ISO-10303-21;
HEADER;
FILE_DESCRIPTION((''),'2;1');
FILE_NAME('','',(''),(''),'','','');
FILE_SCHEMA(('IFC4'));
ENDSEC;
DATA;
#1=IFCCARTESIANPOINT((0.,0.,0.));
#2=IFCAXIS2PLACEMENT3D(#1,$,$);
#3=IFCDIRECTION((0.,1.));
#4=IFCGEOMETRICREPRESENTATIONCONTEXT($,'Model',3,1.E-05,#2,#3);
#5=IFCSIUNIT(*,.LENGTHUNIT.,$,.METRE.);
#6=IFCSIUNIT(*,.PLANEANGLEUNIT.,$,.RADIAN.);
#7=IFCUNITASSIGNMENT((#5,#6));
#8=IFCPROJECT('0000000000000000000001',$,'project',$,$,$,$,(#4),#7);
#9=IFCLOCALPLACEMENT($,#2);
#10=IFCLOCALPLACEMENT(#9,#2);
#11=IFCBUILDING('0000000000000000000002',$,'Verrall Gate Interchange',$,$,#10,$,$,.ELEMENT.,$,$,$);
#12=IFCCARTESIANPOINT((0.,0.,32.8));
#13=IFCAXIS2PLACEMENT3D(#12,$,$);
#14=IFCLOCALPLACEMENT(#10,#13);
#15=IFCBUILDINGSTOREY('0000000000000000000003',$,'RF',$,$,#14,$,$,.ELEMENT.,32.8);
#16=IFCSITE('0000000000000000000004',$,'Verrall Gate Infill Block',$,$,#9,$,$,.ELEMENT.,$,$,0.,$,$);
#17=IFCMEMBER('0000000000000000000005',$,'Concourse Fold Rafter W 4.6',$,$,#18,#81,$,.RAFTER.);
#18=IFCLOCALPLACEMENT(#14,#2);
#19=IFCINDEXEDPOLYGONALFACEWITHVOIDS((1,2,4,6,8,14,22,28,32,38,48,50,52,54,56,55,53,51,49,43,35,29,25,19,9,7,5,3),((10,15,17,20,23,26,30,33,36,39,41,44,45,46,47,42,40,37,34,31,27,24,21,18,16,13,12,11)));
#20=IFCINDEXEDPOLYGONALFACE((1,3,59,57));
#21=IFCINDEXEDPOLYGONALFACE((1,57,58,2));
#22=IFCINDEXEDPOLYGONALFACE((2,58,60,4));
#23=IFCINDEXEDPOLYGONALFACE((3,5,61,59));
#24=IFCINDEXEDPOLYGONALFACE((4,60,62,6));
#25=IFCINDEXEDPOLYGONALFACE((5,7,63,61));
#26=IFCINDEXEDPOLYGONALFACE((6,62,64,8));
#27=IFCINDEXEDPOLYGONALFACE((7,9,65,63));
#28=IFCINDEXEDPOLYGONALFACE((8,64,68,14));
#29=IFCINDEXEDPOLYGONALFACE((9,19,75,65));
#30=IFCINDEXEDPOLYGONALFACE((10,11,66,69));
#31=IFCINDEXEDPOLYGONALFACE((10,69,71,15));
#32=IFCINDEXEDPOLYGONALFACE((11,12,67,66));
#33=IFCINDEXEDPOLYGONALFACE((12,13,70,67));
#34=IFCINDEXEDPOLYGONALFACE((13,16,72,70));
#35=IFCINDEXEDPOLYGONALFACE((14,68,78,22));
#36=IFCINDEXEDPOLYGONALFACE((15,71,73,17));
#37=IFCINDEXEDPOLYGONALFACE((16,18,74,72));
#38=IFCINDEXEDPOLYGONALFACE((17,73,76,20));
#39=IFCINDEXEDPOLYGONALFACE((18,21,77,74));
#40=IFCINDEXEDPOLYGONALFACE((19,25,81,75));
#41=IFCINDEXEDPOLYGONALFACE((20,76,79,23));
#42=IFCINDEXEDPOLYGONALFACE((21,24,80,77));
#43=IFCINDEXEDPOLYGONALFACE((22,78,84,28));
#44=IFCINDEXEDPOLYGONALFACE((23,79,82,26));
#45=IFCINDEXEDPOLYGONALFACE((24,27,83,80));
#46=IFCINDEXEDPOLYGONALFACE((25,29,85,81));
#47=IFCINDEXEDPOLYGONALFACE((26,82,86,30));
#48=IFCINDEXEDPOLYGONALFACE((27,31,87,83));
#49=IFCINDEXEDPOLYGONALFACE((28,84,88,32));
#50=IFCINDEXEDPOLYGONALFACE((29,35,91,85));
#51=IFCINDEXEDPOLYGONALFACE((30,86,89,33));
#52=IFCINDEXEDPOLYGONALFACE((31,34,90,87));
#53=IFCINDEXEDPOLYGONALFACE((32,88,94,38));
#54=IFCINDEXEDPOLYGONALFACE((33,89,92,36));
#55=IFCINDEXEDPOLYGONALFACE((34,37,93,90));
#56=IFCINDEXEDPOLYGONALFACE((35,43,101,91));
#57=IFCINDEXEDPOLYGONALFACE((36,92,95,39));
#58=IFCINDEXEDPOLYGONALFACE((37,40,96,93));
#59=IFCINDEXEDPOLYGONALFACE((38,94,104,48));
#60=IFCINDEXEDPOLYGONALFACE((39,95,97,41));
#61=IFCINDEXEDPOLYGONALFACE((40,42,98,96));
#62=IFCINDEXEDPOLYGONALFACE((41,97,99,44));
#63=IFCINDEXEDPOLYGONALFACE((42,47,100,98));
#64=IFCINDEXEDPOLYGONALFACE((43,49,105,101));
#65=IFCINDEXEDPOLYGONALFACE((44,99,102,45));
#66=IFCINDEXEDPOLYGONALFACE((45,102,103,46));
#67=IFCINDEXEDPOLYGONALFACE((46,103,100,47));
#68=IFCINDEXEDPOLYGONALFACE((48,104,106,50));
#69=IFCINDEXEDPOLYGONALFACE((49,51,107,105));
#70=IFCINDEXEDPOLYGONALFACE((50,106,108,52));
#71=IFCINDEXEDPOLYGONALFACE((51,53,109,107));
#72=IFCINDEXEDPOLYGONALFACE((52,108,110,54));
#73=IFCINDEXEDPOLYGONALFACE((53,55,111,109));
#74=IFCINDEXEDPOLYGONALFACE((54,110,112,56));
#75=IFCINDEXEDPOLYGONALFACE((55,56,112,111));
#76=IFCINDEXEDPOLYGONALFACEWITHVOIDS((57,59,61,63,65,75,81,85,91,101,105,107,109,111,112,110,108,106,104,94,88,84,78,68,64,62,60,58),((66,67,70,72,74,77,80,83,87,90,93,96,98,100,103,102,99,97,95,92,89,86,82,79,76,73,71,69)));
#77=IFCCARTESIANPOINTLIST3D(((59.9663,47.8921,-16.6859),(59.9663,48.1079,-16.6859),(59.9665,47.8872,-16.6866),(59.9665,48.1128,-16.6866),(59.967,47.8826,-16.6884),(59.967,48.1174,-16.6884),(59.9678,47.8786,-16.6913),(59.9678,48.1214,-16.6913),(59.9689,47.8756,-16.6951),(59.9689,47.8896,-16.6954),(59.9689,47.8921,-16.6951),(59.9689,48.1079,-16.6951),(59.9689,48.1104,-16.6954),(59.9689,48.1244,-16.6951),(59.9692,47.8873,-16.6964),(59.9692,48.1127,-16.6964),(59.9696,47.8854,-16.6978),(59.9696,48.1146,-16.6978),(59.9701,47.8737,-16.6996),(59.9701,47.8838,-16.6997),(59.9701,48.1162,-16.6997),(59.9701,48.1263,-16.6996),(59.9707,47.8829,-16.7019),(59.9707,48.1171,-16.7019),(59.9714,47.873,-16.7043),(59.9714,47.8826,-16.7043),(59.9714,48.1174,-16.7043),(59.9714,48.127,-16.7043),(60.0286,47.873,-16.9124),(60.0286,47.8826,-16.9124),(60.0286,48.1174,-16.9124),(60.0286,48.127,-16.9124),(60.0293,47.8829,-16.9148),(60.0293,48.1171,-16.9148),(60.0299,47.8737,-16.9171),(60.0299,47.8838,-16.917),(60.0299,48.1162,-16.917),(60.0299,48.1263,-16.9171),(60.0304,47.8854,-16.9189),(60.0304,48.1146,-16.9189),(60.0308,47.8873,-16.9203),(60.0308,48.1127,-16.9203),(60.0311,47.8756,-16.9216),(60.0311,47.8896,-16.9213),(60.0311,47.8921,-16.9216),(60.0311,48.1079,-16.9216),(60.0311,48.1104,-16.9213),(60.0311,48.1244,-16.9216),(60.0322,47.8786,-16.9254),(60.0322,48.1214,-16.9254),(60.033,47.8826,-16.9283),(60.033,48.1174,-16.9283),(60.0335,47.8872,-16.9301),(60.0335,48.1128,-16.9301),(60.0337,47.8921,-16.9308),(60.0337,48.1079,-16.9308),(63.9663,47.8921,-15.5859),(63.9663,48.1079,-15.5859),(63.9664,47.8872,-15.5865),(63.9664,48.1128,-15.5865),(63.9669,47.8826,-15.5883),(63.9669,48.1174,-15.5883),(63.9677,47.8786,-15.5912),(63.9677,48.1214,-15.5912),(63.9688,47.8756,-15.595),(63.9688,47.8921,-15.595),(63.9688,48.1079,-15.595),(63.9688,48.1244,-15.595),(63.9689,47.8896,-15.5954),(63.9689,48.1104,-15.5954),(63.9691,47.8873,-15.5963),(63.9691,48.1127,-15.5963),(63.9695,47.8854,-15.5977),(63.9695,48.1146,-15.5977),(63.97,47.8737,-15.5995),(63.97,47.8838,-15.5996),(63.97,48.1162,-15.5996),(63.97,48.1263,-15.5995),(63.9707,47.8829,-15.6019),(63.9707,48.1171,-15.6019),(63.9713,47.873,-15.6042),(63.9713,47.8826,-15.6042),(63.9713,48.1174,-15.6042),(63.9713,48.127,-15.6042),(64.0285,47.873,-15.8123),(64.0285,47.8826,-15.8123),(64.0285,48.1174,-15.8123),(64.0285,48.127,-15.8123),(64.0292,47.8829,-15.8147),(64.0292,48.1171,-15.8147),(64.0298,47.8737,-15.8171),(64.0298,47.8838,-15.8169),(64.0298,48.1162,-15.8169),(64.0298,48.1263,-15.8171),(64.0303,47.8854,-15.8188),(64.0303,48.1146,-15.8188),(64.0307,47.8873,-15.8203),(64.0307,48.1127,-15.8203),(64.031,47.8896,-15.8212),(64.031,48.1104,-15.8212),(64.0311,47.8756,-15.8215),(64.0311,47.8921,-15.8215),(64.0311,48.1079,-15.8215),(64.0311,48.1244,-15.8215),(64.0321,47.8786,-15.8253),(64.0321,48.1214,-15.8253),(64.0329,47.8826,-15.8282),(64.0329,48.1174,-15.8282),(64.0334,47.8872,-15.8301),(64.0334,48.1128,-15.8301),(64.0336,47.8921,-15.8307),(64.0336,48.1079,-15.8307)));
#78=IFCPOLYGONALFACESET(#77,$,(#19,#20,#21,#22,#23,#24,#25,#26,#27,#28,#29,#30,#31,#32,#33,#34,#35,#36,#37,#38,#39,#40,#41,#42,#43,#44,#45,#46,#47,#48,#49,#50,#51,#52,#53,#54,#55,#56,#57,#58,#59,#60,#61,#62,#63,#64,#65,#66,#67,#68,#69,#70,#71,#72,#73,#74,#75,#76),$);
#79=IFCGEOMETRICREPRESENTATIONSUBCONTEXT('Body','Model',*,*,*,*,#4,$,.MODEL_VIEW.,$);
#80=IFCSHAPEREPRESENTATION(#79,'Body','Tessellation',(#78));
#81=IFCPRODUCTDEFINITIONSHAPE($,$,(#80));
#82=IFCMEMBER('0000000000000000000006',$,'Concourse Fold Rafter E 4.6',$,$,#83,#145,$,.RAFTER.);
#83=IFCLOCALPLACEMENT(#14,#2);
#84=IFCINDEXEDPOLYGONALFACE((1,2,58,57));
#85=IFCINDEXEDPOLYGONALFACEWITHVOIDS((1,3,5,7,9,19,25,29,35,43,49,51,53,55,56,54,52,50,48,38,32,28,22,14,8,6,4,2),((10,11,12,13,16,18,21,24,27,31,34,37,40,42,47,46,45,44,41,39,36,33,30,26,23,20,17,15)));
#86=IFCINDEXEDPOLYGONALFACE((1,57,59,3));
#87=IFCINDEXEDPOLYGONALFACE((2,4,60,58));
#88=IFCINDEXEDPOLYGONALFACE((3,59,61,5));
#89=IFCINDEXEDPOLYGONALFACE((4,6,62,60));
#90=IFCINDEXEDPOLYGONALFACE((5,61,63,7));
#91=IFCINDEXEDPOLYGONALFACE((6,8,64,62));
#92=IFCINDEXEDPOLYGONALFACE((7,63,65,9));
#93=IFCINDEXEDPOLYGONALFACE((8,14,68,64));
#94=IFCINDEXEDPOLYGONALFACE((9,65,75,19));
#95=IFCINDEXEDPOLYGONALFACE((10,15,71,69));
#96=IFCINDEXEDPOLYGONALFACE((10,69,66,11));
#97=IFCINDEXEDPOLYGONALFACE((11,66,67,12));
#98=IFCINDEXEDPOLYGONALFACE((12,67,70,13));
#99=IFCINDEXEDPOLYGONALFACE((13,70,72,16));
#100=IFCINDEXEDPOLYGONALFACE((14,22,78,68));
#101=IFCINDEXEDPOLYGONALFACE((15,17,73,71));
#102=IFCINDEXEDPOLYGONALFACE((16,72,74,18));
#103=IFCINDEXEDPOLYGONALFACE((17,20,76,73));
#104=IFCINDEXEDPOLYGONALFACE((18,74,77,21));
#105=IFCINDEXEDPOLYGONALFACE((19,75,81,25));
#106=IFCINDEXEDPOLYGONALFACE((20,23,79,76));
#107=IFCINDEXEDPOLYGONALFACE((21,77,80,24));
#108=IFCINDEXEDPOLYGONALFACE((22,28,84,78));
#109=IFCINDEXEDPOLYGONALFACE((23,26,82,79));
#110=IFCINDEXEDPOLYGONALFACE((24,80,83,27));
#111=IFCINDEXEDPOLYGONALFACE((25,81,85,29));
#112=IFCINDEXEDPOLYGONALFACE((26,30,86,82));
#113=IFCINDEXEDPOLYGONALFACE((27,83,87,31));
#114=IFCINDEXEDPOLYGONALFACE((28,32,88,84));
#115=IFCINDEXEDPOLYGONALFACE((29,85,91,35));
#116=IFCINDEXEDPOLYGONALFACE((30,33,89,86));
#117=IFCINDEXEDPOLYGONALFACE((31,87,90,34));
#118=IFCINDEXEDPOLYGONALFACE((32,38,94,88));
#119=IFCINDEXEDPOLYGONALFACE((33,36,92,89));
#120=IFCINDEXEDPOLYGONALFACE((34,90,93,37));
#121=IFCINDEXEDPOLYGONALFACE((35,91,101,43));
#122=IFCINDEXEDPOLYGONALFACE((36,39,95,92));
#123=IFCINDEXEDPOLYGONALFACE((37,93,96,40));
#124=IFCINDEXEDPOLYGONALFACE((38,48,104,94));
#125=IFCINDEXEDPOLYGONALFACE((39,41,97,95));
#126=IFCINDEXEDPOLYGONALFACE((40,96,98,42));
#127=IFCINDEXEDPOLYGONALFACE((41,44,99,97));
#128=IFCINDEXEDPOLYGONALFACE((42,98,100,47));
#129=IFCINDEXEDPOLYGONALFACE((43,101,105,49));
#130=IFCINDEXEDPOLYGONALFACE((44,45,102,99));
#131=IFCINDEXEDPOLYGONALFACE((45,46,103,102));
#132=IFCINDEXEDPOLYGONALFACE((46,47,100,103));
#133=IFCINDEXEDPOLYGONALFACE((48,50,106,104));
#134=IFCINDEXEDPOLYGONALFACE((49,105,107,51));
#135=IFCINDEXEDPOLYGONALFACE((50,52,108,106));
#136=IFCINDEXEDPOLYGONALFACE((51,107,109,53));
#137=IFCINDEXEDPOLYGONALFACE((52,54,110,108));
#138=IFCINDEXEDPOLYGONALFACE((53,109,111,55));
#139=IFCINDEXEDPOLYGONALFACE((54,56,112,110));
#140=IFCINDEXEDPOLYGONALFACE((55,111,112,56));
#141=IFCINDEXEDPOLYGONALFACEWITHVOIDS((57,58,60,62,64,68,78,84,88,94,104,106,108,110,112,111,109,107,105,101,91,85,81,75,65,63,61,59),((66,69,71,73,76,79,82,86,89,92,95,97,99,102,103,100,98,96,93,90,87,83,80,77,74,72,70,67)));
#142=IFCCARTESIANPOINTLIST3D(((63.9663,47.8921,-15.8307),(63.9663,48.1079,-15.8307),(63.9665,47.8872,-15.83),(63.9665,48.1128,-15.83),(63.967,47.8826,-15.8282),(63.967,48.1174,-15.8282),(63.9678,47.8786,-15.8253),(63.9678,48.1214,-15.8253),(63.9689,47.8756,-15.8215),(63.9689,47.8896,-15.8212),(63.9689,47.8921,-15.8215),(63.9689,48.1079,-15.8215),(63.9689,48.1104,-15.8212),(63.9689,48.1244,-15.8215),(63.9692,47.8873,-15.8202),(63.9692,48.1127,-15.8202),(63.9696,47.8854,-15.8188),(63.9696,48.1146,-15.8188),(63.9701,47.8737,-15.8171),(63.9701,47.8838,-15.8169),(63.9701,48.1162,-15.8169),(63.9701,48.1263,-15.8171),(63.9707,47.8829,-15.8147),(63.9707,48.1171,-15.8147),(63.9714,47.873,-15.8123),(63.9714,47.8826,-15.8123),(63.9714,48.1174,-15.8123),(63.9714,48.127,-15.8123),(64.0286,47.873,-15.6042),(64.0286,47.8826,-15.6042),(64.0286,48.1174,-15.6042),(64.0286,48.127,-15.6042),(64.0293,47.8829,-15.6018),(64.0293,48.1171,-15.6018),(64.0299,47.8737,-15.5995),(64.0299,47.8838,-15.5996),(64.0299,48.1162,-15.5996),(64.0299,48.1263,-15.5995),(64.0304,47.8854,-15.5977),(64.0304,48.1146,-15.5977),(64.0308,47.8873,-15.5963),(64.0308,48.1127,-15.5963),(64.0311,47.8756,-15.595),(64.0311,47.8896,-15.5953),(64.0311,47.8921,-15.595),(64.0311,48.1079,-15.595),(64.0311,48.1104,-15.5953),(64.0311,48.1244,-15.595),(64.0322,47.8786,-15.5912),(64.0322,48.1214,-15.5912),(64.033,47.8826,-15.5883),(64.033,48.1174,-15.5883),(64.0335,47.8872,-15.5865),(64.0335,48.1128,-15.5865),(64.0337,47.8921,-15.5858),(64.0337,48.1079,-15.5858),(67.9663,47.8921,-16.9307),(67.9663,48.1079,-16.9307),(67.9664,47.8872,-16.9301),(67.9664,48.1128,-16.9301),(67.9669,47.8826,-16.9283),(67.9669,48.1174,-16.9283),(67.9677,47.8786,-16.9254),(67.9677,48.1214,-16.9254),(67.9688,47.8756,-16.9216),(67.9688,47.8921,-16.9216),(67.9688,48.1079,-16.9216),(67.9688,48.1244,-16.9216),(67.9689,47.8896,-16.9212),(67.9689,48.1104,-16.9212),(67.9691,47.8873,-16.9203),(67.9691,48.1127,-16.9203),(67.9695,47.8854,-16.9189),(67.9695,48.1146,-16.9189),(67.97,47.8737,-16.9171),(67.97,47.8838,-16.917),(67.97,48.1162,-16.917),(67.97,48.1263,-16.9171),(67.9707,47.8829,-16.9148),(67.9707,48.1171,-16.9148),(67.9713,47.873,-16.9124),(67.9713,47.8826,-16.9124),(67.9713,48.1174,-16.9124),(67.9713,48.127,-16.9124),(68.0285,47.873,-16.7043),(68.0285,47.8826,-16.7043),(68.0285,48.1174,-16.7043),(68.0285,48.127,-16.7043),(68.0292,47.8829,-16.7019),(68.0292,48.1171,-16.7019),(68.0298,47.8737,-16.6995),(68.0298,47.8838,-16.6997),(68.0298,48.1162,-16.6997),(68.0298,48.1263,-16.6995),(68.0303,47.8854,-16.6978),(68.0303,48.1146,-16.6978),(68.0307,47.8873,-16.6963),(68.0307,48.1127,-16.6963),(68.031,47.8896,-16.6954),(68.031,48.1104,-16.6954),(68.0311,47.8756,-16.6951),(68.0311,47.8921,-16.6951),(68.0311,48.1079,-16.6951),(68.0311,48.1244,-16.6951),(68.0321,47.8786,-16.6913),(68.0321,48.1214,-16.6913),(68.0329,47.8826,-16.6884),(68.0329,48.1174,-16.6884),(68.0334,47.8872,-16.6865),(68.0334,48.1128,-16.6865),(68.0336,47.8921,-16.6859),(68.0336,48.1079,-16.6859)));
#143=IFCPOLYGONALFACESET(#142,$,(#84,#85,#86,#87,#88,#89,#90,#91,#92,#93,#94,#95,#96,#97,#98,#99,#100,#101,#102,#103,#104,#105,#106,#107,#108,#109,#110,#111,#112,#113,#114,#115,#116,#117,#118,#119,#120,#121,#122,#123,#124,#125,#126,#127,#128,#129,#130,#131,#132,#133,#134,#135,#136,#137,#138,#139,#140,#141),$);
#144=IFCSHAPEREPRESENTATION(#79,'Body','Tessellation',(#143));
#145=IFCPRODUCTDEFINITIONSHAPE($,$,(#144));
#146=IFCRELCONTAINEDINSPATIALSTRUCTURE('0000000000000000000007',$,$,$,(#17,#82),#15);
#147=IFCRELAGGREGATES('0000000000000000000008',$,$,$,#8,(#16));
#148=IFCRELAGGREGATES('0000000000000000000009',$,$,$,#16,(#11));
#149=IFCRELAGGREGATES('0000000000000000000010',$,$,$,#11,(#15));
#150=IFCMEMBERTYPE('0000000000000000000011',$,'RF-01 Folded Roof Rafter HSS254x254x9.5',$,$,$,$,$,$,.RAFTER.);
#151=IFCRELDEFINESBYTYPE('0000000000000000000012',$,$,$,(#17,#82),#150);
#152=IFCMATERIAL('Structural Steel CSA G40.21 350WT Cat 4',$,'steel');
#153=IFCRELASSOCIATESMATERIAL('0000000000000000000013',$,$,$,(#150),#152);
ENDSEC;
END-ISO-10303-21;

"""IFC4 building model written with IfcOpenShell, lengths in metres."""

from ifc_helpers import new_model, si_unit, direction, frame, origin, origin_2d, place, context, subcontext, project, spatial, hollow_rectangle, extrude, material, material_profile, profile_set, type_object, element, save


model = new_model("IFC4")

# Units and contexts
model_context = context("Model", 3, precision=1e-05, world=origin(), true_north=direction((0.0, 1.0)))
body_context = subcontext(model_context, "Body", "Model", "MODEL_VIEW")
ifc_project = project(units=[si_unit("LENGTHUNIT", "METRE"), si_unit("PLANEANGLEUNIT", "RADIAN")], contexts=[model_context])

# Site, building, storey
site_placement = place(None, origin())
site = spatial("IfcSite", under=ifc_project, at=site_placement, Name="Verrall Gate Infill Block", CompositionType="ELEMENT", RefElevation=0.0)
building_placement = place(site_placement, origin())
building = spatial("IfcBuilding", under=site, at=building_placement, Name="Verrall Gate Interchange", CompositionType="ELEMENT")
storey_placement = place(building_placement, frame((0.0, 0.0, 32.8)))
storey = spatial("IfcBuildingStorey", under=building, at=storey_placement, Name="RF", CompositionType="ELEMENT", Elevation=32.8)

# Members
ifc_material_1 = material(Name="Structural Steel CSA G40.21 350WT Cat 4", Category="steel")
ifc_material_profile_1 = material_profile(ifc_material_1, hollow_rectangle(XDim=0.2539, YDim=0.2539, WallThickness=0.0095, InnerFilletRadius=0.0095, OuterFilletRadius=0.019, at=origin_2d()), Name="HSS254x254x9.5")
ifc_profile_set_1 = profile_set([ifc_material_profile_1], Name="Structural Steel CSA G40.21 350WT Cat 4")
member_type_1 = type_object("IfcMemberType", Name="RF-01 Folded Roof Rafter HSS254x254x9.5", PredefinedType="RAFTER", material=ifc_profile_set_1)
for number, where, z_axis, x_axis, name in (
    (1, (60.0, 48.0, -16.8083), (0.964199, 0.0, 0.265178), (0.0, 1.0, 0.0), "Concourse Fold Rafter W 4.6"),
    (2, (64.0, 48.0, -15.7083), (0.964199, 0.0, -0.265178), (0.0, 1.0, 0.0), "Concourse Fold Rafter E 4.6"),
):
    element("IfcMember", number, at=place(storey_placement, frame(where, z_axis=z_axis, x_axis=x_axis)), inside=storey, type_object=member_type_1, Name=name, PredefinedType="RAFTER", context=body_context, shape_type="SweptSolid", body=[
        extrude(hollow_rectangle(XDim=0.2539, YDim=0.2539, WallThickness=0.0095, InnerFilletRadius=0.0095, OuterFilletRadius=0.019, at=origin_2d()), origin(), (0.0, 0.0, 1.0), 4.1484),
    ])

save(model, "model.ifc")
